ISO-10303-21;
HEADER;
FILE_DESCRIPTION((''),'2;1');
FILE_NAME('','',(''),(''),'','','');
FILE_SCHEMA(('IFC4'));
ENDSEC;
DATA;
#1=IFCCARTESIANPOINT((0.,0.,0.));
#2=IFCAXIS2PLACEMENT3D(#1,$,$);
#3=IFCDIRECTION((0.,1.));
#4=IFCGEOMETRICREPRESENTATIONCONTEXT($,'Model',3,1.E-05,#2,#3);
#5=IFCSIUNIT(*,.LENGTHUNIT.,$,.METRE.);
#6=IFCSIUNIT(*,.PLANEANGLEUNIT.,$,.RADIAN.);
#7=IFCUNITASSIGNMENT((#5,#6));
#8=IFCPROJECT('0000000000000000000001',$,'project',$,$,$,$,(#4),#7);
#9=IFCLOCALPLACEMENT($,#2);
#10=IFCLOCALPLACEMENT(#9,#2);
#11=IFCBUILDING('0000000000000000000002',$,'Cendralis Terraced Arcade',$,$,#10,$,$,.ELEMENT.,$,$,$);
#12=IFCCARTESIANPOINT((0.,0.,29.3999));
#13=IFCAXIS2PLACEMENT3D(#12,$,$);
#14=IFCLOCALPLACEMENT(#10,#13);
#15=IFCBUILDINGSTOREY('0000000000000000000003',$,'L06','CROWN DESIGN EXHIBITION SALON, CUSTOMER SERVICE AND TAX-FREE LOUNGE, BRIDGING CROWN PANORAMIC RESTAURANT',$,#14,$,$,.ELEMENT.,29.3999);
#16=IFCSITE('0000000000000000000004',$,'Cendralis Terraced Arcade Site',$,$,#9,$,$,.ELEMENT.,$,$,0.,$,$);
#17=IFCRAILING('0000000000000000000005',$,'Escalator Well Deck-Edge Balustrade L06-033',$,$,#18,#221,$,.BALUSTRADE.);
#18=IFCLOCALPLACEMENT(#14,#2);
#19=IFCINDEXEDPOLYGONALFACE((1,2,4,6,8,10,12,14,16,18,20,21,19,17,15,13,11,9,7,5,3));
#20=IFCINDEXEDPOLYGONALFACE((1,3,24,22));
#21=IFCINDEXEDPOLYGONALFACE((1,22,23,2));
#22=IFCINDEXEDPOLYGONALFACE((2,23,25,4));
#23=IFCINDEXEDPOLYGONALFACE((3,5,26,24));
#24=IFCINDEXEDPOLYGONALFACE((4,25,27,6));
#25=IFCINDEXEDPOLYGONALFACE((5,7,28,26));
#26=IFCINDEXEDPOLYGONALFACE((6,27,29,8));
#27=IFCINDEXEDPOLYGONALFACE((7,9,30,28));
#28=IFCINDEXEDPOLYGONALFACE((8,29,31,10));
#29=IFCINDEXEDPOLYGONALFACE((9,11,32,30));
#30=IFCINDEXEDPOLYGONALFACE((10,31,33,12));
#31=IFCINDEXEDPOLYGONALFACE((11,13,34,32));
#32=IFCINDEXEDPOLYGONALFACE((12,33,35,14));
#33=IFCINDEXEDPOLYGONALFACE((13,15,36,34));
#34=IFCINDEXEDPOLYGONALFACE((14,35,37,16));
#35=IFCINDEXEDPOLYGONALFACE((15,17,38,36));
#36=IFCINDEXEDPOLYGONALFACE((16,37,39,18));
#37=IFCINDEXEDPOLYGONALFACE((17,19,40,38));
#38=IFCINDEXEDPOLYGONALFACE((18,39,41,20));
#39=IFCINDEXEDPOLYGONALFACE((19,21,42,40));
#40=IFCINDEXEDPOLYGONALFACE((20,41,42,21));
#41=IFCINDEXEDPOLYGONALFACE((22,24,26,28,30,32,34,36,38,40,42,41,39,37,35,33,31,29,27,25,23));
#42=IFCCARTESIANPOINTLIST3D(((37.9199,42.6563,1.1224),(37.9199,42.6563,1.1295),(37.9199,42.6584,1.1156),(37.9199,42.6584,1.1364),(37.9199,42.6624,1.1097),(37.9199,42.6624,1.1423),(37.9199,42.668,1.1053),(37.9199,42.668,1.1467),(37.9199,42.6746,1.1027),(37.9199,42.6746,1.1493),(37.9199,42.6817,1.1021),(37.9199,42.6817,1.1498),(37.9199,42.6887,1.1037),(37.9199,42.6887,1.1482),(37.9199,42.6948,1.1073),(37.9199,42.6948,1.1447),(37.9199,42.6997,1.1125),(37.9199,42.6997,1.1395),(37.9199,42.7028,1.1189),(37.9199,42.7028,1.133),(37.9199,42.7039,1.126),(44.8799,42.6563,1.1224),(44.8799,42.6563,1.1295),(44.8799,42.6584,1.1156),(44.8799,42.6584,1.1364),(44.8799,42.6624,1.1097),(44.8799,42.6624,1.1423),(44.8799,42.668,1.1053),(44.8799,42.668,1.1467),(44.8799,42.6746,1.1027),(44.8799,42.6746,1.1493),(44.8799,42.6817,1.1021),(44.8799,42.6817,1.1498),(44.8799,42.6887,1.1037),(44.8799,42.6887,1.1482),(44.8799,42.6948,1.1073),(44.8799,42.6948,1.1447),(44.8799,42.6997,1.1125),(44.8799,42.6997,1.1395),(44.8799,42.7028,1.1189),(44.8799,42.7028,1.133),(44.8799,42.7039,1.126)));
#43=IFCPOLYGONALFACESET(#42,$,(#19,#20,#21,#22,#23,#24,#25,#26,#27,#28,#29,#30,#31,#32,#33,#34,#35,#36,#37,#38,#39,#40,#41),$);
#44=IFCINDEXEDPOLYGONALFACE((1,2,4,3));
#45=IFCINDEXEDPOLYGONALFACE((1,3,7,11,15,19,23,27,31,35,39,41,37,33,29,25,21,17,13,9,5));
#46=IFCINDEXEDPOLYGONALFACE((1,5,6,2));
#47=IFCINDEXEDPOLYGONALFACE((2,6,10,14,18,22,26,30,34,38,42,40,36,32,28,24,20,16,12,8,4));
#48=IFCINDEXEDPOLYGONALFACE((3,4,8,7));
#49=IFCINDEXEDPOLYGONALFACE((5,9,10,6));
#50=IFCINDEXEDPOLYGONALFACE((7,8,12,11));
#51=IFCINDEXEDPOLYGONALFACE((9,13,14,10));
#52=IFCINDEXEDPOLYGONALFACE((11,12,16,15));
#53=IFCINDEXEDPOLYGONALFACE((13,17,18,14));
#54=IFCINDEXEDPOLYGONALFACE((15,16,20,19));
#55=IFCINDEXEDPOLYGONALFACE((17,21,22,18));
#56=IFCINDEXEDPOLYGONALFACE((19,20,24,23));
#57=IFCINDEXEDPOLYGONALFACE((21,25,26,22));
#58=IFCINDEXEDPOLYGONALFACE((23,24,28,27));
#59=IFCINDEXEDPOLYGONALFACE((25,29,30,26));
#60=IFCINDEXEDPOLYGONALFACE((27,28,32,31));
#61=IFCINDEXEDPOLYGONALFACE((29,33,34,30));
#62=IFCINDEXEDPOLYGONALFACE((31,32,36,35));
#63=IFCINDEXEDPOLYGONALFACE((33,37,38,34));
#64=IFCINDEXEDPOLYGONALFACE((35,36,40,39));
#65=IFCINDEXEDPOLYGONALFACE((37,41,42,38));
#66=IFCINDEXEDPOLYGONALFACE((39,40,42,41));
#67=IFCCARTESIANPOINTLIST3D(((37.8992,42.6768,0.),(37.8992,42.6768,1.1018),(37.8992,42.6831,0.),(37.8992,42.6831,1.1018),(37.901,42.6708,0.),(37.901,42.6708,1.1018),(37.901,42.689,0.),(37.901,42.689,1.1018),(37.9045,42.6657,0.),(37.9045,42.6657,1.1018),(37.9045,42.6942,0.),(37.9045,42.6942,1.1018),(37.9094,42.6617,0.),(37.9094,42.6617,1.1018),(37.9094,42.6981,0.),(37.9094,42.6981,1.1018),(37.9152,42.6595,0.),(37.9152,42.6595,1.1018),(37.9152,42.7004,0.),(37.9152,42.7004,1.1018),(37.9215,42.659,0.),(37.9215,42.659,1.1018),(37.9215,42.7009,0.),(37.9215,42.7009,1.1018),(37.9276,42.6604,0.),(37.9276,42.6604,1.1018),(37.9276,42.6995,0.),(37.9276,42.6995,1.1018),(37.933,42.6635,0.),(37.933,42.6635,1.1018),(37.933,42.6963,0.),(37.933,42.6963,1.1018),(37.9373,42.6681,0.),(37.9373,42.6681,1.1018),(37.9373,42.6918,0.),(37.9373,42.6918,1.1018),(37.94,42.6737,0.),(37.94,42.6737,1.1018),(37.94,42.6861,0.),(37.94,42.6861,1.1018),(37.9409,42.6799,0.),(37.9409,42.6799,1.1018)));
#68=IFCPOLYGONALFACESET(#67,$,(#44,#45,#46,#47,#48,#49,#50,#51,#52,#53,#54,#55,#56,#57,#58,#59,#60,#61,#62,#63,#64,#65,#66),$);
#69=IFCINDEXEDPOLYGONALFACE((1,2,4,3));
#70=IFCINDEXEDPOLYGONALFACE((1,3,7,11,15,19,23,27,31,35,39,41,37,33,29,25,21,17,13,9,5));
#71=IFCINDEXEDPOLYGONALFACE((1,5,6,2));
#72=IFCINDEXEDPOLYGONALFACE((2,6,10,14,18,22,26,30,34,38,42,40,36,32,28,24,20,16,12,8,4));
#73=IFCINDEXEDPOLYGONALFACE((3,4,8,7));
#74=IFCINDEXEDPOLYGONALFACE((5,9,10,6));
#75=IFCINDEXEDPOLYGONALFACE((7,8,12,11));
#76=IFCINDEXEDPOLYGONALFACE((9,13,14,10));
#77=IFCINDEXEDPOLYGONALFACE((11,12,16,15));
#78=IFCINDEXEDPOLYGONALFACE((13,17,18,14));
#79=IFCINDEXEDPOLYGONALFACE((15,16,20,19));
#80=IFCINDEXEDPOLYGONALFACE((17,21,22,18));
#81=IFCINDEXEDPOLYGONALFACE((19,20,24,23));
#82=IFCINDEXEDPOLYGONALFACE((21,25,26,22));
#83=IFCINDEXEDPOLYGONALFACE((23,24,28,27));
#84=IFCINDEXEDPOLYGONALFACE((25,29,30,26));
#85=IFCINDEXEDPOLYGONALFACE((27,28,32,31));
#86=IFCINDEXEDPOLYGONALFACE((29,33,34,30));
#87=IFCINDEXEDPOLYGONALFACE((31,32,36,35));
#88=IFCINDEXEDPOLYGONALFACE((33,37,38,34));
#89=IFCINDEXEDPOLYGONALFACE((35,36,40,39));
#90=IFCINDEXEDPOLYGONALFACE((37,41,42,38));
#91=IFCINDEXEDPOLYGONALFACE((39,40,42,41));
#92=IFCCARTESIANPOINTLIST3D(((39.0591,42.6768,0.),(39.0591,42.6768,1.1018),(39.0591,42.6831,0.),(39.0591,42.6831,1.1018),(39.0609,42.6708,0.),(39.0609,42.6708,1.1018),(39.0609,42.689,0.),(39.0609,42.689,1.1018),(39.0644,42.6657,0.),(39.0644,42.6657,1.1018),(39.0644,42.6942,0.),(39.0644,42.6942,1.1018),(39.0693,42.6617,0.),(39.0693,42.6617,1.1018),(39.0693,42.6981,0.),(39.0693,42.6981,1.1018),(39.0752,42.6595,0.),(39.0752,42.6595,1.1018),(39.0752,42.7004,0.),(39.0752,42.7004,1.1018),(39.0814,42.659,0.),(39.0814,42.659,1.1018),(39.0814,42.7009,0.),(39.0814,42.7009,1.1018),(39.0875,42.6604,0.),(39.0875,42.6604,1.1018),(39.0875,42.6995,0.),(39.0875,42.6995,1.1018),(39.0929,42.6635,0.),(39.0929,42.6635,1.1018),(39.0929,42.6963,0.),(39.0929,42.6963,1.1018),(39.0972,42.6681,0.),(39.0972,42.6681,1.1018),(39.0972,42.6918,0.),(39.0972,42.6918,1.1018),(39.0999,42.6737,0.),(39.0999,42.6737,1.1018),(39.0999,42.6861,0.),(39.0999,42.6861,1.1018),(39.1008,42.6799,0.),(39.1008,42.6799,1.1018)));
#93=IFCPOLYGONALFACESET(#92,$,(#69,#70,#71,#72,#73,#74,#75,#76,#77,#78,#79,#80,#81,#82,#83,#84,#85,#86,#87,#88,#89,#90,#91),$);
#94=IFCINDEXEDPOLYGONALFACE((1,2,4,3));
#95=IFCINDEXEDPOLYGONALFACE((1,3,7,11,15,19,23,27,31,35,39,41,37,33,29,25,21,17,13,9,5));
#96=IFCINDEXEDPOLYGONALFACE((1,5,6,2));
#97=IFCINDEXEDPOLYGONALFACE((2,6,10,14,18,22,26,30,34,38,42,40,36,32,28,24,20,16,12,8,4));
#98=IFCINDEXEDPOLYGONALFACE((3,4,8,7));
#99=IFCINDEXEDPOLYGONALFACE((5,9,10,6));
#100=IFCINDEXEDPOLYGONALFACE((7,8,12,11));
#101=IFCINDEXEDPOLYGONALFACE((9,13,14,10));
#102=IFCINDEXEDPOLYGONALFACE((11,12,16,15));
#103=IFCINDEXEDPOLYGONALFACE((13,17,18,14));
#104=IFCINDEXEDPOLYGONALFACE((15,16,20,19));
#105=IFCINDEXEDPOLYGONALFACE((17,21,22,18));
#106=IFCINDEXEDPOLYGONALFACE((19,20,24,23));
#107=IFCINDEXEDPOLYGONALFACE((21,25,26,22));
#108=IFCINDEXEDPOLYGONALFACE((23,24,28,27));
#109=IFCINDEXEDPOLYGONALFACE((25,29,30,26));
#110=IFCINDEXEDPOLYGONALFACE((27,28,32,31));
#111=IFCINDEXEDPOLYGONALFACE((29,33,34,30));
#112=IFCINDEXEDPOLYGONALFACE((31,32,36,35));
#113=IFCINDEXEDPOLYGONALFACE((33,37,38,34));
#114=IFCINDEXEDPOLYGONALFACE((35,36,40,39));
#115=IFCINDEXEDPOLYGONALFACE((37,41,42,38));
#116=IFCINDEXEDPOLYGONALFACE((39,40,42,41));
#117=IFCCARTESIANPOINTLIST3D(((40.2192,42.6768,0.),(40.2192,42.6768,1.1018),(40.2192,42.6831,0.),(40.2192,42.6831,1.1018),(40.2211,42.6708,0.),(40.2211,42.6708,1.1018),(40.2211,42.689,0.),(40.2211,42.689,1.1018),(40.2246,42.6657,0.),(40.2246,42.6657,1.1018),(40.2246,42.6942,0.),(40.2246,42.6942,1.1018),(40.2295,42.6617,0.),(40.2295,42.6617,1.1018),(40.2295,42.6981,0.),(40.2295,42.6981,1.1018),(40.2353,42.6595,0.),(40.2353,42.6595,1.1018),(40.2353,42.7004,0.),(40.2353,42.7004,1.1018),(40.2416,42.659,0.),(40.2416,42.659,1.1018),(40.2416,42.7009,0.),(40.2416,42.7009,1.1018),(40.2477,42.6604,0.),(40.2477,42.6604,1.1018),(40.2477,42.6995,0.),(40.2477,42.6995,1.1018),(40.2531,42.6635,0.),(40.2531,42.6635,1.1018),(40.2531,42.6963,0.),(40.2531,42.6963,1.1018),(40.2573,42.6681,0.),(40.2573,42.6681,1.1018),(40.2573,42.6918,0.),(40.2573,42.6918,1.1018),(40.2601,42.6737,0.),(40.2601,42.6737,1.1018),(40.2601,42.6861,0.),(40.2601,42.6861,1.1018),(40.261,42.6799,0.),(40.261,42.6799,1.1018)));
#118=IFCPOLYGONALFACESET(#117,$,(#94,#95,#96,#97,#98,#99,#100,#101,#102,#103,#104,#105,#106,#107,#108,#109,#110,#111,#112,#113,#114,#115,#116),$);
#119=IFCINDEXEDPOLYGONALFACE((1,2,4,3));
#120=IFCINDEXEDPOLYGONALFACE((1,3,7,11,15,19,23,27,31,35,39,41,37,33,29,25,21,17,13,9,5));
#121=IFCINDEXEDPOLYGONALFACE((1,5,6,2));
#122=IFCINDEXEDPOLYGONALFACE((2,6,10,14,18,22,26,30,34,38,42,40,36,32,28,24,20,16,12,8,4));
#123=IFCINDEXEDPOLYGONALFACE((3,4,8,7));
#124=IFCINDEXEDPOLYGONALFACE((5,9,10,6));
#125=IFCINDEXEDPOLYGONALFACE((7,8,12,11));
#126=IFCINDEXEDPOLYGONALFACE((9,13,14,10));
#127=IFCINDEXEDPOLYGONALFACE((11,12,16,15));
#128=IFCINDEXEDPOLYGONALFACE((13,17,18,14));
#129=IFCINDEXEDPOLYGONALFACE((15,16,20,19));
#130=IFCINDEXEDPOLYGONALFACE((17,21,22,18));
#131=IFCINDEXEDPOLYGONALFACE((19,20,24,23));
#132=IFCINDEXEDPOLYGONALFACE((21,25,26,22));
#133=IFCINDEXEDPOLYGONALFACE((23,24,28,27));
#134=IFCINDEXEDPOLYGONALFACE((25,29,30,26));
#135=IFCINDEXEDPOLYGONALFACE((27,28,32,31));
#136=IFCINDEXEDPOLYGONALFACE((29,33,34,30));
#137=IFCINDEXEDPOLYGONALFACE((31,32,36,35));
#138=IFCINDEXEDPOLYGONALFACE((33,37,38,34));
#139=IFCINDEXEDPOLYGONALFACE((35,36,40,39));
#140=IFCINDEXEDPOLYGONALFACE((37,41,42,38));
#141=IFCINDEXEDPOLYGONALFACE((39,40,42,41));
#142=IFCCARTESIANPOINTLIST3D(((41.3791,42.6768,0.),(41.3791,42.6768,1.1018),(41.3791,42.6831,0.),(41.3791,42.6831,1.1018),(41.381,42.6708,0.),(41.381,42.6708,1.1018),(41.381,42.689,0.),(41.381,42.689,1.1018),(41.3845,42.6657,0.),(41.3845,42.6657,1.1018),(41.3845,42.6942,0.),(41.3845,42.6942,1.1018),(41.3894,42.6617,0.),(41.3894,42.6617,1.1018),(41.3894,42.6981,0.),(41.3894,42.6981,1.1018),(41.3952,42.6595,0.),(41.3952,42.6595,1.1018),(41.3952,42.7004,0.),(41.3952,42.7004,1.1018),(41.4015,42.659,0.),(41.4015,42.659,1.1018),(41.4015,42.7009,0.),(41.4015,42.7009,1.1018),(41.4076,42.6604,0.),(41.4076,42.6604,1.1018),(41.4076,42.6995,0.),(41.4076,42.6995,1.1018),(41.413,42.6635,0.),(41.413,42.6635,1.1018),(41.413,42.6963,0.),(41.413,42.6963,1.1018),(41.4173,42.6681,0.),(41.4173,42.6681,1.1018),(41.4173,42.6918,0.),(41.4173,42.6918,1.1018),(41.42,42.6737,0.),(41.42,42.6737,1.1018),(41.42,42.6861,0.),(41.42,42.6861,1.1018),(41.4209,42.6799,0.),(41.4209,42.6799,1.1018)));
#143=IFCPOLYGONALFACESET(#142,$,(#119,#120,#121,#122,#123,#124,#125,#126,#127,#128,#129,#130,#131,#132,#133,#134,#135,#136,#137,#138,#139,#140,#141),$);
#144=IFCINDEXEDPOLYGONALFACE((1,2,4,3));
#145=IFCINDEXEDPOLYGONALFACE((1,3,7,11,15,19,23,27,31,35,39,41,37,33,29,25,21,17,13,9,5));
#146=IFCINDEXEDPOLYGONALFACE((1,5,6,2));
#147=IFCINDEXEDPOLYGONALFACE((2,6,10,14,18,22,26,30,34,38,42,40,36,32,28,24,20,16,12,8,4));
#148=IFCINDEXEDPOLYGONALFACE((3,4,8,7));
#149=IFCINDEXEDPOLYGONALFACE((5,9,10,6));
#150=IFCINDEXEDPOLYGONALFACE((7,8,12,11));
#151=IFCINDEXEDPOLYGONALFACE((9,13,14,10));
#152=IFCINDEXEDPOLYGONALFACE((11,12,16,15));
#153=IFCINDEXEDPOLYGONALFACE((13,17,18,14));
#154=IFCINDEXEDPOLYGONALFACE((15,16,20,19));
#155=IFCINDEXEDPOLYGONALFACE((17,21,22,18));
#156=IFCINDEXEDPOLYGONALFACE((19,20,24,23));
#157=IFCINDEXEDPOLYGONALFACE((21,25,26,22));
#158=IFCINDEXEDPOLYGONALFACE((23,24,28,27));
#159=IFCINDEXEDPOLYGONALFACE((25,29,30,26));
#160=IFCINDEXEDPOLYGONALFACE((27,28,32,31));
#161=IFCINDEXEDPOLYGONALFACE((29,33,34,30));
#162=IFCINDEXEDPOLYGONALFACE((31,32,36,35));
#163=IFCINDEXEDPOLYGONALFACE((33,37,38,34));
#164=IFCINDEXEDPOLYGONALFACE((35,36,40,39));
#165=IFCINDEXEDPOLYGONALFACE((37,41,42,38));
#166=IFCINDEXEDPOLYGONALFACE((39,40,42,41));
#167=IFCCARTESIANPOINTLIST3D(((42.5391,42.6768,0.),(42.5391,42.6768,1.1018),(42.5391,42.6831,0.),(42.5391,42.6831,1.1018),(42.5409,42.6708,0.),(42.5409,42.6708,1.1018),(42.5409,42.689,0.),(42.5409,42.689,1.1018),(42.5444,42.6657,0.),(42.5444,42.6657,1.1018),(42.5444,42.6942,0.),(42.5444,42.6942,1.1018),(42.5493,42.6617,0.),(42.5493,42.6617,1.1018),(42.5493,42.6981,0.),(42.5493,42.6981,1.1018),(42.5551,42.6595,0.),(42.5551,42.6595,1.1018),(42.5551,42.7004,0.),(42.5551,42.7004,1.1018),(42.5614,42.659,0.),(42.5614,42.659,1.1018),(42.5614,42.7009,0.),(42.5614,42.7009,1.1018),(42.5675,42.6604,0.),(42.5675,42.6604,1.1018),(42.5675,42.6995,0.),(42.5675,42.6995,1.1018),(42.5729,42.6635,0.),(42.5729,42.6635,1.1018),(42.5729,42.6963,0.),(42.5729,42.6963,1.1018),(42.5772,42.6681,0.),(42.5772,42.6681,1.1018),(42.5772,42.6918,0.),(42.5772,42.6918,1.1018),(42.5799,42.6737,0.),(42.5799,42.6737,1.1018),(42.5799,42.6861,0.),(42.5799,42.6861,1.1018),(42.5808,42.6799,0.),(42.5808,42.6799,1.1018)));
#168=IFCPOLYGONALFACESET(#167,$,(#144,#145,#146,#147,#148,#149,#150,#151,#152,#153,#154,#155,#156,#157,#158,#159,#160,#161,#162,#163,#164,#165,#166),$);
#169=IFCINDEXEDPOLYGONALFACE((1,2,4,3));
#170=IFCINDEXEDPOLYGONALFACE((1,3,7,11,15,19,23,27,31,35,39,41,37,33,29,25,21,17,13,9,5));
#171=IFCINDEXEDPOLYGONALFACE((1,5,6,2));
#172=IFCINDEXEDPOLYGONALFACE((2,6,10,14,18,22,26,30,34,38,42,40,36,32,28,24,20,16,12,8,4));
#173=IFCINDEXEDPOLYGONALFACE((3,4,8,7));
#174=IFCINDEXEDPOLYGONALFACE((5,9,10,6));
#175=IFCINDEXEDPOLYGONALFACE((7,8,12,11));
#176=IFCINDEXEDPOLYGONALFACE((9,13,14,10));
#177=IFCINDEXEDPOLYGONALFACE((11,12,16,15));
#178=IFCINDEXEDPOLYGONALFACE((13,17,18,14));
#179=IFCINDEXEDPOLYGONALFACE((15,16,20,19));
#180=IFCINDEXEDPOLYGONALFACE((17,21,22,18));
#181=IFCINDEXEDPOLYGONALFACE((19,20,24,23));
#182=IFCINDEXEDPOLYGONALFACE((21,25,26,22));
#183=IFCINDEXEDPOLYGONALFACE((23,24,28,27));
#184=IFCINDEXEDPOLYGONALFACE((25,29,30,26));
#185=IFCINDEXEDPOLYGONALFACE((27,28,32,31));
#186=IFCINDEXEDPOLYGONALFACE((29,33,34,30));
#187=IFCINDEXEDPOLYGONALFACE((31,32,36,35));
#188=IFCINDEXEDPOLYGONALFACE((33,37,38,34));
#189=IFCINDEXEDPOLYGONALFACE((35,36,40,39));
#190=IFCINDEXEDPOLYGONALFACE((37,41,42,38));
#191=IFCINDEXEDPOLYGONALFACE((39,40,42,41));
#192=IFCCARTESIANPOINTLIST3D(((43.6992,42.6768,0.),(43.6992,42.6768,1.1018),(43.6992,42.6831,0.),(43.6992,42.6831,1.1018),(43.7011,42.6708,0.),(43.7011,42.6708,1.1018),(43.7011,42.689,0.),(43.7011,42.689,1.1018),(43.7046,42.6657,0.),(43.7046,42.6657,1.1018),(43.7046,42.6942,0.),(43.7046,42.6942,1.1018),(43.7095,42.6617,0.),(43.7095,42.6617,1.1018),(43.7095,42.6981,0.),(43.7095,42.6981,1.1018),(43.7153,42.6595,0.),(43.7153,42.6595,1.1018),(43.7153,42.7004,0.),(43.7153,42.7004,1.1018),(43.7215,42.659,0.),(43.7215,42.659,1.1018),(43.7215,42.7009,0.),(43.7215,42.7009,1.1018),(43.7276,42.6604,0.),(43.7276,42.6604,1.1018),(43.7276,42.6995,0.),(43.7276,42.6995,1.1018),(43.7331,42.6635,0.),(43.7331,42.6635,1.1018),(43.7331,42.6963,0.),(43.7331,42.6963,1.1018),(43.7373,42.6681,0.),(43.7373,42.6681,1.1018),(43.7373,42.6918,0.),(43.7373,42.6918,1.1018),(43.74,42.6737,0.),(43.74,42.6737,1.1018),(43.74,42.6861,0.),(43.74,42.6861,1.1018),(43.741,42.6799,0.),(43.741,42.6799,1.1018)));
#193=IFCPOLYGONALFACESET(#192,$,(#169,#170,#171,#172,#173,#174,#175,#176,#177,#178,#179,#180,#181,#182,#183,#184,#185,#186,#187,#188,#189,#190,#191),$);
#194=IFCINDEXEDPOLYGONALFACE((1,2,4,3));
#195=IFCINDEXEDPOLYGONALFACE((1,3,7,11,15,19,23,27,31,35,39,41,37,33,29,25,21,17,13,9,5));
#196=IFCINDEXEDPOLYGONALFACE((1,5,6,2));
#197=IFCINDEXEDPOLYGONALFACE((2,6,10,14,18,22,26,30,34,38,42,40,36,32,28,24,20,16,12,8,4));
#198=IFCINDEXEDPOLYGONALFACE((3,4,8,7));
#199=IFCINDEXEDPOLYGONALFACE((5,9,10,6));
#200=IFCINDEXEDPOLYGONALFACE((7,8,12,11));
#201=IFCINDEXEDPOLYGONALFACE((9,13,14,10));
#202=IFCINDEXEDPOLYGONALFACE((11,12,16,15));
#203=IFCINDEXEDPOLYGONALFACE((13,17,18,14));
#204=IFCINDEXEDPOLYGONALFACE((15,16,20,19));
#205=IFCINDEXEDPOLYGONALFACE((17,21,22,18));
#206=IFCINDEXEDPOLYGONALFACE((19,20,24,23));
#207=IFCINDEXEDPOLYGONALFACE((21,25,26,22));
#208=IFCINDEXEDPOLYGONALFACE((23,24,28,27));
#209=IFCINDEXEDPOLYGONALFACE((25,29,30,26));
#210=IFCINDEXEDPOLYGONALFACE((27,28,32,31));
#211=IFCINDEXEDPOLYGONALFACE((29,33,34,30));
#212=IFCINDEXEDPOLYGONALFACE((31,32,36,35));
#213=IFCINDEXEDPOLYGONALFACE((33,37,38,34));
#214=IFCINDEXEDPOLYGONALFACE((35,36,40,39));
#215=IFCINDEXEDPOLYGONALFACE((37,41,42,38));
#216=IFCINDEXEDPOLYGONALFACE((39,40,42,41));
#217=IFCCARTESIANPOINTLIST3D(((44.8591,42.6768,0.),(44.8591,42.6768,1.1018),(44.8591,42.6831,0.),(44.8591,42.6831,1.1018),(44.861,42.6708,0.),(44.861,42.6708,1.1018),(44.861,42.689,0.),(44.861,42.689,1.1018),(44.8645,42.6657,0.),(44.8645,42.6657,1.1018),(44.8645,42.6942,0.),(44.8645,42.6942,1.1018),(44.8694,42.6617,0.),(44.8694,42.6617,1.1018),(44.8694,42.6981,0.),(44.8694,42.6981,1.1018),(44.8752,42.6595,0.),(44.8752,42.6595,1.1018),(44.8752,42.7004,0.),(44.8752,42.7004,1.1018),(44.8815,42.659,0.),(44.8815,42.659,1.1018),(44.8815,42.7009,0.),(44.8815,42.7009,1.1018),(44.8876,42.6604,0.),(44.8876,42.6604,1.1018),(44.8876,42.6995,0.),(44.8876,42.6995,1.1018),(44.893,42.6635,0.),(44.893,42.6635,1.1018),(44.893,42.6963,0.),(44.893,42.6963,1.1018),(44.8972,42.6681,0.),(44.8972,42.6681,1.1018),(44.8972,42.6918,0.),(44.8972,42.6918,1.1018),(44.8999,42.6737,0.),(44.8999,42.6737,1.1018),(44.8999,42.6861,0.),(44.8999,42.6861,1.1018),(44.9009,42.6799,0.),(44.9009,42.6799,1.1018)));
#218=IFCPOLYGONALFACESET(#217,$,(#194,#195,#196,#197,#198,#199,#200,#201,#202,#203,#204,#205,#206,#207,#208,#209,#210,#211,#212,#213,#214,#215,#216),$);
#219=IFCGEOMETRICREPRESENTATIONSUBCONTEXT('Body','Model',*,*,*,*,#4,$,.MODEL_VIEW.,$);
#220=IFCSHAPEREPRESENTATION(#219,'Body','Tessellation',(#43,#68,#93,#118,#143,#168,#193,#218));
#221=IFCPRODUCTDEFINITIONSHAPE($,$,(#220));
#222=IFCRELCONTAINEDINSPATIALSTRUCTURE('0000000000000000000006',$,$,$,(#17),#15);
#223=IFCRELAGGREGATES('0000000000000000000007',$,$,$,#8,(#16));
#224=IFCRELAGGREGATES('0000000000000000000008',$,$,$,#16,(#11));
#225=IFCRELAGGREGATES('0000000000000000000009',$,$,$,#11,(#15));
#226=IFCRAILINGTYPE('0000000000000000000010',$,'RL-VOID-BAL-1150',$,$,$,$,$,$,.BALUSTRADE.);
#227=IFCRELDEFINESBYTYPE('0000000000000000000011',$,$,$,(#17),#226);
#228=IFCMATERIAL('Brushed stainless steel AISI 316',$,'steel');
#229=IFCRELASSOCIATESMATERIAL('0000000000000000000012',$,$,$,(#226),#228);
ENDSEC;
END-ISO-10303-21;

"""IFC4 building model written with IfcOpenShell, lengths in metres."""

from ifc_helpers import new_model, si_unit, direction, frame, origin, origin_2d, place, context, subcontext, project, spatial, circle, extrude, material, type_object, element, save


model = new_model("IFC4")

# Units and contexts
model_context = context("Model", 3, precision=1e-05, world=origin(), true_north=direction((0.0, 1.0)))
body_context = subcontext(model_context, "Body", "Model", "MODEL_VIEW")
ifc_project = project(units=[si_unit("LENGTHUNIT", "METRE"), si_unit("PLANEANGLEUNIT", "RADIAN")], contexts=[model_context])

# Site, building, storey
site_placement = place(None, origin())
site = spatial("IfcSite", under=ifc_project, at=site_placement, Name="Cendralis Terraced Arcade Site", CompositionType="ELEMENT", RefElevation=0.0)
building_placement = place(site_placement, origin())
building = spatial("IfcBuilding", under=site, at=building_placement, Name="Cendralis Terraced Arcade", CompositionType="ELEMENT")
storey_placement = place(building_placement, frame((0.0, 0.0, 29.3999)))
storey = spatial("IfcBuildingStorey", under=building, at=storey_placement, Name="L06", Description="CROWN DESIGN EXHIBITION SALON, CUSTOMER SERVICE AND TAX-FREE LOUNGE, BRIDGING CROWN PANORAMIC RESTAURANT", CompositionType="ELEMENT", Elevation=29.3999)

# Railing
ifc_material_1 = material(Name="Brushed stainless steel AISI 316", Category="steel")
railing_type = type_object("IfcRailingType", Name="RL-VOID-BAL-1150", PredefinedType="BALUSTRADE", material=ifc_material_1)
railing_1_placement = place(storey_placement, frame((37.9199, 42.6799, 0.0)))
element("IfcRailing", 1, at=railing_1_placement, inside=storey, type_object=railing_type, Name="Escalator Well Deck-Edge Balustrade L06-033", PredefinedType="BALUSTRADE", context=body_context, shape_type="SweptSolid", body=[
    extrude(circle(Radius=0.0239, at=origin_2d()), frame((0.0, 0.0, 1.126), z_axis=(1.0, 0.0, 0.0), x_axis=(0.0, 1.0, 0.0)), (0.0, 0.0, 1.0), 6.96),
    extrude(circle(Radius=0.021, at=origin_2d()), origin(), (0.0, 0.0, 1.0), 1.1018),
    extrude(circle(Radius=0.021, at=origin_2d()), frame((1.1599, 0.0, 0.0)), (0.0, 0.0, 1.0), 1.1018),
    extrude(circle(Radius=0.021, at=origin_2d()), frame((2.3201, 0.0, 0.0)), (0.0, 0.0, 1.0), 1.1018),
    extrude(circle(Radius=0.021, at=origin_2d()), frame((3.48, 0.0, 0.0)), (0.0, 0.0, 1.0), 1.1018),
    extrude(circle(Radius=0.021, at=origin_2d()), frame((4.6399, 0.0, 0.0)), (0.0, 0.0, 1.0), 1.1018),
    extrude(circle(Radius=0.021, at=origin_2d()), frame((5.8, 0.0, 0.0)), (0.0, 0.0, 1.0), 1.1018),
    extrude(circle(Radius=0.021, at=origin_2d()), frame((6.96, 0.0, 0.0)), (0.0, 0.0, 1.0), 1.1018),
])

save(model, "model.ifc")
